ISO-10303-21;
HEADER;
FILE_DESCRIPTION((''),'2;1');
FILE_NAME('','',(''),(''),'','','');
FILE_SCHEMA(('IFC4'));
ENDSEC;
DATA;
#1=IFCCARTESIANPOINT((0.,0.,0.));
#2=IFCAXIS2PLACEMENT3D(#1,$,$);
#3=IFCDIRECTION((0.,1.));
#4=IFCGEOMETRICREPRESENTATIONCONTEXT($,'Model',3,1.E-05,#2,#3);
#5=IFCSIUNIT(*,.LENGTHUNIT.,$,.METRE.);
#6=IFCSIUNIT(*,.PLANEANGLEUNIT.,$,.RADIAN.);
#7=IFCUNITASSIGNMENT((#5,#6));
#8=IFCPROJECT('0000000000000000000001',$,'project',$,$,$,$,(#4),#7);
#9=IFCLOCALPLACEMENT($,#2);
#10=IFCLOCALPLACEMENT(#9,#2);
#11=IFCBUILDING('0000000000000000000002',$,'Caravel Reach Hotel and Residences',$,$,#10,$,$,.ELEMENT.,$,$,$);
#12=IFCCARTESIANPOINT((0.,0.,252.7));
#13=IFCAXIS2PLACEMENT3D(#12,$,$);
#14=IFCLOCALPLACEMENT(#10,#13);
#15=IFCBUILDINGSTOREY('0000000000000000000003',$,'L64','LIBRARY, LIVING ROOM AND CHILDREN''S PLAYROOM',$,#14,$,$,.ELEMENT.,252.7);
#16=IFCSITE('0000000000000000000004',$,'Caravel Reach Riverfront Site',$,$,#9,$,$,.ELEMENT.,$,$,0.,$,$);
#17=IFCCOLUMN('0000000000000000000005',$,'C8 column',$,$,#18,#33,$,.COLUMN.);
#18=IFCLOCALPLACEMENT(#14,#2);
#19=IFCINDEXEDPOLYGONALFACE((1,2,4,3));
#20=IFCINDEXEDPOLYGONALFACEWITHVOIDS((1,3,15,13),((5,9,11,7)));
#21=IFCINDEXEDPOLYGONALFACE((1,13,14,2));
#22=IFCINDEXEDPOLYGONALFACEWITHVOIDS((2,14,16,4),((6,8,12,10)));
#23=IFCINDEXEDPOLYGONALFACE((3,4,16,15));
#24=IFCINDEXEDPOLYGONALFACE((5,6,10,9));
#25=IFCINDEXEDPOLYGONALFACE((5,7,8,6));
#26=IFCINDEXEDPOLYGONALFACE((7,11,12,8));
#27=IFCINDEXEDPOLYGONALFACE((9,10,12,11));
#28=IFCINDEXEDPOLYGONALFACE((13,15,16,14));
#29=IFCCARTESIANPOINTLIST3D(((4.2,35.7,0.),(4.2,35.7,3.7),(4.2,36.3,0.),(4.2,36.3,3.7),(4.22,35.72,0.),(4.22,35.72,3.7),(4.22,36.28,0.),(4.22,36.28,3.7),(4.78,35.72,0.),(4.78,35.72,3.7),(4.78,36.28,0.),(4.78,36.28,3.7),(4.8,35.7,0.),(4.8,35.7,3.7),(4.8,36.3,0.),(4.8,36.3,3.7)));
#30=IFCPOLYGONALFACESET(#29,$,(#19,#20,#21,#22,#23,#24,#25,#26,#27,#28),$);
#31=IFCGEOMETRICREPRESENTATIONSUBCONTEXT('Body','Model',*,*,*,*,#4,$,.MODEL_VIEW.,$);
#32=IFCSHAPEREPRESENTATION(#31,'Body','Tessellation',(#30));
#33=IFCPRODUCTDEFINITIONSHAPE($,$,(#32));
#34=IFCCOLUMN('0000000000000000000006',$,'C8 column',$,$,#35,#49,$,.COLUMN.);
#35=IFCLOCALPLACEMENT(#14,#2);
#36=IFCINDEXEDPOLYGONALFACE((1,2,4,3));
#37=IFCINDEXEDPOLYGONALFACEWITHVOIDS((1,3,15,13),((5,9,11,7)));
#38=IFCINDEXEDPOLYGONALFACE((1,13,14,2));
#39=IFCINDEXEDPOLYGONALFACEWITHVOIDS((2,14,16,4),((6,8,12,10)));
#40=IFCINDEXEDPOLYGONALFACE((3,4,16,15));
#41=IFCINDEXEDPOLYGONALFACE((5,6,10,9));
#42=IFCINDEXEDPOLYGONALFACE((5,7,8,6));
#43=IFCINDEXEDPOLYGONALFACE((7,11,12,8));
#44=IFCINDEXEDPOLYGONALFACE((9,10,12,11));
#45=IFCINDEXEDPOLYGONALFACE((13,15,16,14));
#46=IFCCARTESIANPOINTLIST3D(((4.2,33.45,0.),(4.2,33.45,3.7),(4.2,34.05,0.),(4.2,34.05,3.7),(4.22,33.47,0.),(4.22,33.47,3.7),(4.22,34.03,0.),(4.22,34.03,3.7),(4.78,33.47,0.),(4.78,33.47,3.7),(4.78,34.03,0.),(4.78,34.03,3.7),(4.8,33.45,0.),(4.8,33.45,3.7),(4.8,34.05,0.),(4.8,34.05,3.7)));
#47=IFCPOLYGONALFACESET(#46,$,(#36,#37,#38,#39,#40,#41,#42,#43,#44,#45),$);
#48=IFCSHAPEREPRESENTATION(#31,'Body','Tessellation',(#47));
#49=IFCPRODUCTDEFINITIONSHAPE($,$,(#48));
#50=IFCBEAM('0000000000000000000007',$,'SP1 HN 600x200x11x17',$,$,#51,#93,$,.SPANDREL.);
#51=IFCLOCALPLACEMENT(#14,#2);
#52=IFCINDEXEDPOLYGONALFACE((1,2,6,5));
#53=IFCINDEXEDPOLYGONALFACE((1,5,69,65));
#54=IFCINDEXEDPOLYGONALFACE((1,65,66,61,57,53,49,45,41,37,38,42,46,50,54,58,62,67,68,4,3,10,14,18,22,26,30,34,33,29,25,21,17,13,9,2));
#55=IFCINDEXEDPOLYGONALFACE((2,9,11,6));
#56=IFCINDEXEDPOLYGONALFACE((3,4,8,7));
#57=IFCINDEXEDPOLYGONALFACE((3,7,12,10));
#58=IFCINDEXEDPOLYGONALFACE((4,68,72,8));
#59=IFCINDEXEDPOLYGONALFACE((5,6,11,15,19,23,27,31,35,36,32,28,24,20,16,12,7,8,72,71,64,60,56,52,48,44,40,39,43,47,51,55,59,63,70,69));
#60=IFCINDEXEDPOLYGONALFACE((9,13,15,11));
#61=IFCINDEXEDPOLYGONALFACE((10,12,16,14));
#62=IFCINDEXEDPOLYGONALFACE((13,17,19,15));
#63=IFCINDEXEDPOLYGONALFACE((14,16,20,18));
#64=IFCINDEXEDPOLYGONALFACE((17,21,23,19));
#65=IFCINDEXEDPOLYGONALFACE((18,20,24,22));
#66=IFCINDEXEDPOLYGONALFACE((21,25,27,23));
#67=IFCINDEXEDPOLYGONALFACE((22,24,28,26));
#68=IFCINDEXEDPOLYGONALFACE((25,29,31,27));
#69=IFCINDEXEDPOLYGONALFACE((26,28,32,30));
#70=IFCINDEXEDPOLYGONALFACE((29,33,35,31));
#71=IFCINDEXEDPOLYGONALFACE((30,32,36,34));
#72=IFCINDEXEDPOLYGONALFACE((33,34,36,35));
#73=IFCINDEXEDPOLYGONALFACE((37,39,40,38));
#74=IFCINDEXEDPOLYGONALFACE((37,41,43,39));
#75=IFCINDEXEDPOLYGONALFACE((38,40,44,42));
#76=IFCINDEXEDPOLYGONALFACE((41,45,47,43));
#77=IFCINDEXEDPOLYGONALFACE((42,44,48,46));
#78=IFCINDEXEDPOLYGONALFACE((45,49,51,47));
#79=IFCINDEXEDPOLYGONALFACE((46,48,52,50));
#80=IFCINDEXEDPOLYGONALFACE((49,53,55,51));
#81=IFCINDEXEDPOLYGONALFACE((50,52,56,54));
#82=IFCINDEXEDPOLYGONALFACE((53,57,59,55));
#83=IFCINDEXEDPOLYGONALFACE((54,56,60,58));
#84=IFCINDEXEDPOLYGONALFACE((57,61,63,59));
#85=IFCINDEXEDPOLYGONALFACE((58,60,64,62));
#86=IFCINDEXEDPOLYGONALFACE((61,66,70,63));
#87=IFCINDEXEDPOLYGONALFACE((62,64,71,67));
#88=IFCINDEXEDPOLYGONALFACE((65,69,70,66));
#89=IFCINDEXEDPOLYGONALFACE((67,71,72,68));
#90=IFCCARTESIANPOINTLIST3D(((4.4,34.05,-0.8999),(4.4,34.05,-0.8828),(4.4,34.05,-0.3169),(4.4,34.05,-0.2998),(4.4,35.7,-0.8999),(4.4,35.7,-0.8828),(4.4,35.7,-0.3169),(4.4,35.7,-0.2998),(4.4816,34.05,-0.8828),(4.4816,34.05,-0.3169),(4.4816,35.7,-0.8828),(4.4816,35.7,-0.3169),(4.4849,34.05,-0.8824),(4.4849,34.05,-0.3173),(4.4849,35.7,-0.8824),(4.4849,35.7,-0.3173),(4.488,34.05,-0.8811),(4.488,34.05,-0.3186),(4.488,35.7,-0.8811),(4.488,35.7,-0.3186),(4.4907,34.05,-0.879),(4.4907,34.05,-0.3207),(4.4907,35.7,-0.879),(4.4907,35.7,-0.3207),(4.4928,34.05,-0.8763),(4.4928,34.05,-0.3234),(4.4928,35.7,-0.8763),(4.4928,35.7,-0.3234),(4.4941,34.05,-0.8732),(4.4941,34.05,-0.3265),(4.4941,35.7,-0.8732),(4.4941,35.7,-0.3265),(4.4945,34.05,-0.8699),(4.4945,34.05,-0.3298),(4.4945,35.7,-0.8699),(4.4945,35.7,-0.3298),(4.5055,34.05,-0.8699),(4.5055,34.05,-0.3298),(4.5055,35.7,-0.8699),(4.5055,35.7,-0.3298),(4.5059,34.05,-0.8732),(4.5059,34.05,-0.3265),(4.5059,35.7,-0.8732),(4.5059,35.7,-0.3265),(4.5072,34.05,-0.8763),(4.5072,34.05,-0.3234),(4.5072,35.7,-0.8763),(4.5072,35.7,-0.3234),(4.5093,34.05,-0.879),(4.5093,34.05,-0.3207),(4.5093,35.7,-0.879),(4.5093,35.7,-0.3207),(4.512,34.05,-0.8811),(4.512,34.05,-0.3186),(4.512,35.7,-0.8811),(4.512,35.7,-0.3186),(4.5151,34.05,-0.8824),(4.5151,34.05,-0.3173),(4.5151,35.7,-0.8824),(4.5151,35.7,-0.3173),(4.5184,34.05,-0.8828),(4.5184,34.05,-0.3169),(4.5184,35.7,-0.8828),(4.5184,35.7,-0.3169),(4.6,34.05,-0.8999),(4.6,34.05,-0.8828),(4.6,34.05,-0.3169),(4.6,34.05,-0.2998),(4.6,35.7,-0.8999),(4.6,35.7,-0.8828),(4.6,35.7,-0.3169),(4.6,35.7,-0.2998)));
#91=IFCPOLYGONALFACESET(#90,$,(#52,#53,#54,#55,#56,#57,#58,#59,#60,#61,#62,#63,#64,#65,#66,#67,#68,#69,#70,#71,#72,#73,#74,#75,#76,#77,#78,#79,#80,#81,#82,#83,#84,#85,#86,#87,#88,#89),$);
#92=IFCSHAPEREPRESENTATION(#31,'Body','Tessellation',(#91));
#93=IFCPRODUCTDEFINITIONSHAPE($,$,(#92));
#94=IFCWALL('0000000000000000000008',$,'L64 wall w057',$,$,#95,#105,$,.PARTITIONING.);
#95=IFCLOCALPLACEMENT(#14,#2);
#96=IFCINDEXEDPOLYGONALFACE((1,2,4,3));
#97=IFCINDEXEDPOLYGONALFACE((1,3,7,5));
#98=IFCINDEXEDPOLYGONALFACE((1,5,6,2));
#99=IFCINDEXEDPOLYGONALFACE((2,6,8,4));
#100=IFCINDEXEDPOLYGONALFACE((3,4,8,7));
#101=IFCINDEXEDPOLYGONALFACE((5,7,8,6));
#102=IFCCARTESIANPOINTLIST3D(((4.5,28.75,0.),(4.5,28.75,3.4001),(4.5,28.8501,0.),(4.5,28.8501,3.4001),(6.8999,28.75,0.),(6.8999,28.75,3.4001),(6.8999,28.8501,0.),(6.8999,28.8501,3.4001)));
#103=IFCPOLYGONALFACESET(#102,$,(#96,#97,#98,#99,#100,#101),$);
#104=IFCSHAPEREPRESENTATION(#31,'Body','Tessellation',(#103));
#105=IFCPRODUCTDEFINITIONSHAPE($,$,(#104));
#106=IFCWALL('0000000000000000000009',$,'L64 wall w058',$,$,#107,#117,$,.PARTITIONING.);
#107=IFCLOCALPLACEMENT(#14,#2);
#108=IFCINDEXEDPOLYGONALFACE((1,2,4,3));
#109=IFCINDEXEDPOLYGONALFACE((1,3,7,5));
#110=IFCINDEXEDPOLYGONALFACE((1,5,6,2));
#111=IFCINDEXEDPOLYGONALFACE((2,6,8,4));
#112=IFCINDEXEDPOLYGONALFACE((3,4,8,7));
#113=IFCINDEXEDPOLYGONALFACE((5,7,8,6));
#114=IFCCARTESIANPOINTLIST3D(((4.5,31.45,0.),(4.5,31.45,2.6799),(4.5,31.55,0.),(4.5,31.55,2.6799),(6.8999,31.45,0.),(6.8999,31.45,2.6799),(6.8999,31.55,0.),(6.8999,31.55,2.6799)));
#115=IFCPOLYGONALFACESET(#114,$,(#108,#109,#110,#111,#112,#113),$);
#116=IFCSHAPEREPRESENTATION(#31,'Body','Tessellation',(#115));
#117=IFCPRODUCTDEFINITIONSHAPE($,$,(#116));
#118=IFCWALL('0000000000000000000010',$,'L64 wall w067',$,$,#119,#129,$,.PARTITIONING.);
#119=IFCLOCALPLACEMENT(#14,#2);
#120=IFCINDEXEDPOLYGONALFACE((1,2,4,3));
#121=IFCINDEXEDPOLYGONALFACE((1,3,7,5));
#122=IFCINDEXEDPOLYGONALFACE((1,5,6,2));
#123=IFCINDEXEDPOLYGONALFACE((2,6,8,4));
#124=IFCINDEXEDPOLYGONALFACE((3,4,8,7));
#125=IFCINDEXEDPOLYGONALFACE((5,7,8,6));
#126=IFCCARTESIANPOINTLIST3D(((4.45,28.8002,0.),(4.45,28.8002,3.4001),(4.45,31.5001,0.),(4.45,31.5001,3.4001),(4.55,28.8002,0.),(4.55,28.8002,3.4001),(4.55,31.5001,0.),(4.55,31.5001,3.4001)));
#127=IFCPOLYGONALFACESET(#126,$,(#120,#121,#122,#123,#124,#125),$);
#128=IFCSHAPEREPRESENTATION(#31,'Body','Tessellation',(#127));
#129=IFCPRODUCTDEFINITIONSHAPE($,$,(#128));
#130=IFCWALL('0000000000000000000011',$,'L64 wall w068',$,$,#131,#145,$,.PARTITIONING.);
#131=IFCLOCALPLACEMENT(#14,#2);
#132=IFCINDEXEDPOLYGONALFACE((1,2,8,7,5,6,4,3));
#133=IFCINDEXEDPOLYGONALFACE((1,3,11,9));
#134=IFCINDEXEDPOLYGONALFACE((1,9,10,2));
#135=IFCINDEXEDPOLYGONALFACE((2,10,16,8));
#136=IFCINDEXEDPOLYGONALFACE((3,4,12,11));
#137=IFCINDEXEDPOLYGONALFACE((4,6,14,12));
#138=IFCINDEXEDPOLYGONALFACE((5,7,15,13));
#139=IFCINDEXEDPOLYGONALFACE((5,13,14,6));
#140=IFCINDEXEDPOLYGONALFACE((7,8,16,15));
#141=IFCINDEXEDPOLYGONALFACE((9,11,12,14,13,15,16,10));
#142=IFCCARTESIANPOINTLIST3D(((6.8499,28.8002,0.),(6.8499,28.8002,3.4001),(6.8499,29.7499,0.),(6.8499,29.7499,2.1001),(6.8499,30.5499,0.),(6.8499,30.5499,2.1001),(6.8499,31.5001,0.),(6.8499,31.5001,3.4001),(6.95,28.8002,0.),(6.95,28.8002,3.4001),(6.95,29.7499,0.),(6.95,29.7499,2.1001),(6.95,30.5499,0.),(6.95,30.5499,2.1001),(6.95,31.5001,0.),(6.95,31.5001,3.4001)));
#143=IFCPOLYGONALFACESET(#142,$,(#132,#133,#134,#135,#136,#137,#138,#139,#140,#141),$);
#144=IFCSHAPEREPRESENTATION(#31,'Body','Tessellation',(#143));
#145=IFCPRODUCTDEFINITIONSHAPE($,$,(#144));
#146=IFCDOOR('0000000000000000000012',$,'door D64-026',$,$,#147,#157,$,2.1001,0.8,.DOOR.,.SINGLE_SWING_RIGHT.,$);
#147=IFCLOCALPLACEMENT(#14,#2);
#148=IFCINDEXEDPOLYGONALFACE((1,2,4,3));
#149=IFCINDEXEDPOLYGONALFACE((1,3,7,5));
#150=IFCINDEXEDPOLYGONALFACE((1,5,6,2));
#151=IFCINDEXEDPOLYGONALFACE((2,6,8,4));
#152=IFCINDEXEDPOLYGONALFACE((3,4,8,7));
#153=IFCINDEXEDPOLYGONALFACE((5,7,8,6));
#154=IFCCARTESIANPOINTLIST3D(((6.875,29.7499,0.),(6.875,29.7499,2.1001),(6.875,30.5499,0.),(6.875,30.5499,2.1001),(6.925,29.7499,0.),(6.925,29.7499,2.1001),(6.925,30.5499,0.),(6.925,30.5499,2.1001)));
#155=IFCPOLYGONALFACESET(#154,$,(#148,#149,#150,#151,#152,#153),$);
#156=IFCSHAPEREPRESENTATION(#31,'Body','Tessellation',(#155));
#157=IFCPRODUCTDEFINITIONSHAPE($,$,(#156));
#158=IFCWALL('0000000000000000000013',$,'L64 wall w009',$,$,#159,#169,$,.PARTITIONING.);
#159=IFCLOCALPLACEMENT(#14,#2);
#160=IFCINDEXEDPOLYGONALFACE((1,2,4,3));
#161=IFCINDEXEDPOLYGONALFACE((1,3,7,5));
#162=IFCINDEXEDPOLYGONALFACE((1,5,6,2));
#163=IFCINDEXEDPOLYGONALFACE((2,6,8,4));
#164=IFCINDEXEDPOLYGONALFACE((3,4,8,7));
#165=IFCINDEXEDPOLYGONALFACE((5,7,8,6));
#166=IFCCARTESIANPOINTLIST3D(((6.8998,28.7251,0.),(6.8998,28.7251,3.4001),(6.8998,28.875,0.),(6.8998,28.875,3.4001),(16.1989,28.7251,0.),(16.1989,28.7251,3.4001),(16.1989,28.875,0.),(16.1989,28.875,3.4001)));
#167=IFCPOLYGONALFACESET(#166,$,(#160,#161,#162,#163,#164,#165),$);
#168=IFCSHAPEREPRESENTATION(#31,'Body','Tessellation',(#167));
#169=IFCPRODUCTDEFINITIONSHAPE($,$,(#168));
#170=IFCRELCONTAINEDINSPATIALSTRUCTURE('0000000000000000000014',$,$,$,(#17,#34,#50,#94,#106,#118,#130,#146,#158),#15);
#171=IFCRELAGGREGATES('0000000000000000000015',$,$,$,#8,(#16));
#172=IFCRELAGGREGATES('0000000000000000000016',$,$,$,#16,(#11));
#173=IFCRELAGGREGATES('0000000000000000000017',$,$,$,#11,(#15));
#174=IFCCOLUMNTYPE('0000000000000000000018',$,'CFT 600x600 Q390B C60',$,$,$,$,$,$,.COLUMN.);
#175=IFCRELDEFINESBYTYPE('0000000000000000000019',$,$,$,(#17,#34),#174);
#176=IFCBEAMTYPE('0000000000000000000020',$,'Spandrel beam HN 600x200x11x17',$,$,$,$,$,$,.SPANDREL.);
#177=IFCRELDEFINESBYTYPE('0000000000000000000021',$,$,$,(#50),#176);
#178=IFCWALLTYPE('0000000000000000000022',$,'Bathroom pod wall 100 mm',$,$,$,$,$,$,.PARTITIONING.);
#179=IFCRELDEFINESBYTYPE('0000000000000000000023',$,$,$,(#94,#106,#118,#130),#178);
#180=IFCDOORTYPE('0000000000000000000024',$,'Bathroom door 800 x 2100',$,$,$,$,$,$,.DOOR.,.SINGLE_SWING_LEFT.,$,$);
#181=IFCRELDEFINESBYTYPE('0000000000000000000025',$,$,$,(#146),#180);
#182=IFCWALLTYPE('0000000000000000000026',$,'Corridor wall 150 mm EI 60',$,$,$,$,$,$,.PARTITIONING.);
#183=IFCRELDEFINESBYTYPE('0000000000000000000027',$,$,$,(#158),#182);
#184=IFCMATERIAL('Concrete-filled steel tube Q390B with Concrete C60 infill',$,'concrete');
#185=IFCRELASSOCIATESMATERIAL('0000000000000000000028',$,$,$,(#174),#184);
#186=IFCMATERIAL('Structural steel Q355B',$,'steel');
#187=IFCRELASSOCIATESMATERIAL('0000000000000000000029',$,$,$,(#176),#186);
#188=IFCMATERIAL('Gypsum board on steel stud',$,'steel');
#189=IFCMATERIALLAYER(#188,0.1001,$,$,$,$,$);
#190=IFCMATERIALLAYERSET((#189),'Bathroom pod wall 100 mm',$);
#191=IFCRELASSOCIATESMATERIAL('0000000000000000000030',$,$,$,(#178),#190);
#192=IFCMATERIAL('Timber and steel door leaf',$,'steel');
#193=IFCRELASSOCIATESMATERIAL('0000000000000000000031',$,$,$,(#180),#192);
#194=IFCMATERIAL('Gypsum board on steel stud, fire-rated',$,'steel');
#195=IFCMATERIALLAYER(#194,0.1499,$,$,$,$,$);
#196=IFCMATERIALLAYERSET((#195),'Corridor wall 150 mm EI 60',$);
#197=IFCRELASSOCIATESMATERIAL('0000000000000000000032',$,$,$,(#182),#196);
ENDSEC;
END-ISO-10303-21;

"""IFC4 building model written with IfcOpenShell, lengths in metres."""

from ifc_helpers import new_model, si_unit, direction, frame, frame_2d, origin, origin_2d, place, context, subcontext, project, spatial, rectangle, hollow_rectangle, i_section, extrude, material, layer, layer_set, material_profile, profile_set, type_object, element, fill, save


model = new_model("IFC4")

# Units and contexts
model_context = context("Model", 3, precision=1e-05, world=origin(), true_north=direction((0.0, 1.0)))
body_context = subcontext(model_context, "Body", "Model", "MODEL_VIEW")
ifc_project = project(units=[si_unit("LENGTHUNIT", "METRE"), si_unit("PLANEANGLEUNIT", "RADIAN")], contexts=[model_context])

# Site, building, storey
site_placement = place(None, origin())
site = spatial("IfcSite", under=ifc_project, at=site_placement, Name="Caravel Reach Riverfront Site", CompositionType="ELEMENT", RefElevation=0.0)
building_placement = place(site_placement, origin())
building = spatial("IfcBuilding", under=site, at=building_placement, Name="Caravel Reach Hotel and Residences", CompositionType="ELEMENT")
storey_placement = place(building_placement, frame((0.0, 0.0, 252.7)))
storey = spatial("IfcBuildingStorey", under=building, at=storey_placement, Name="L64", Description="LIBRARY, LIVING ROOM AND CHILDREN'S PLAYROOM", CompositionType="ELEMENT", Elevation=252.7)

# Columns
ifc_material_1 = material(Name="Concrete-filled steel tube Q390B with Concrete C60 infill", Category="concrete")
ifc_material_profile_1 = material_profile(ifc_material_1, hollow_rectangle(XDim=0.6001, YDim=0.6001, WallThickness=0.02, at=origin_2d()), Name="RHS 600x600x20")
ifc_profile_set_1 = profile_set([ifc_material_profile_1], Name="Concrete-filled steel tube Q390B with Concrete C60 infill")
column_type = type_object("IfcColumnType", Name="CFT 600x600 Q390B C60", PredefinedType="COLUMN", material=ifc_profile_set_1)
for number, where, z_axis, x_axis, name in (
    (1, (4.5, 36.0, 0.0), (0.0, 0.0, 1.0), (1.0, 0.0, 0.0), "C8 column"),
    (2, (4.5, 33.75, 0.0), (0.0, 0.0, 1.0), (1.0, 0.0, 0.0), "C8 column"),
):
    element("IfcColumn", number, at=place(storey_placement, frame(where, z_axis=z_axis, x_axis=x_axis)), inside=storey, type_object=column_type, Name=name, PredefinedType="COLUMN", context=body_context, shape_type="SweptSolid", body=[
        extrude(hollow_rectangle(XDim=0.6001, YDim=0.6001, WallThickness=0.02, at=origin_2d()), origin(), (0.0, 0.0, 1.0), 3.7),
    ])

# Beam
ifc_material_2 = material(Name="Structural steel Q355B", Category="steel")
ifc_material_profile_2 = material_profile(ifc_material_2, i_section(OverallWidth=0.2, OverallDepth=0.6001, WebThickness=0.011, FlangeThickness=0.0171, FilletRadius=0.0129, at=origin_2d()), Name="HN 600x200x11x17")
ifc_profile_set_2 = profile_set([ifc_material_profile_2], Name="Structural steel Q355B")
beam_type = type_object("IfcBeamType", Name="Spandrel beam HN 600x200x11x17", PredefinedType="SPANDREL", material=ifc_profile_set_2)
beam_placement = place(storey_placement, frame((4.5, 35.7, -0.5999), z_axis=(0.0, -1.0, 0.0), x_axis=(1.0, 0.0, 0.0)))
element("IfcBeam", 3, at=beam_placement, inside=storey, type_object=beam_type, Name="SP1 HN 600x200x11x17", PredefinedType="SPANDREL", context=body_context, shape_type="SweptSolid", body=[
    extrude(i_section(OverallWidth=0.2, OverallDepth=0.6001, WebThickness=0.011, FlangeThickness=0.0171, FilletRadius=0.0129, at=origin_2d()), origin(), (0.0, 0.0, 1.0), 1.6499),
])

# Walls
ifc_material_3 = material(Name="Gypsum board on steel stud", Category="steel")
ifc_layer_1 = layer(ifc_material_3, 0.1001)
ifc_layer_set_1 = layer_set([ifc_layer_1], Name="Bathroom pod wall 100 mm")
wall_type_1 = type_object("IfcWallType", Name="Bathroom pod wall 100 mm", PredefinedType="PARTITIONING", material=ifc_layer_set_1)
wall_1_placement = place(storey_placement, frame((4.5, 28.8, 0.0), z_axis=(0.0, 0.0, 1.0), x_axis=(1.0, 0.0, 0.0)))
element("IfcWall", 4, at=wall_1_placement, inside=storey, type_object=wall_type_1, Name="L64 wall w057", PredefinedType="PARTITIONING", context=body_context, shape_type="SweptSolid", body=[
    extrude(rectangle(XDim=2.3999, YDim=0.1001, at=frame_2d((1.2, 0.0))), origin(), (0.0, 0.0, 1.0), 3.4001),
])
wall_2_placement = place(storey_placement, frame((4.5, 31.5, 0.0), z_axis=(0.0, 0.0, 1.0), x_axis=(1.0, 0.0, 0.0)))
element("IfcWall", 5, at=wall_2_placement, inside=storey, type_object=wall_type_1, Name="L64 wall w058", PredefinedType="PARTITIONING", context=body_context, shape_type="SweptSolid", body=[
    extrude(rectangle(XDim=2.3999, YDim=0.1001, at=frame_2d((1.2, 0.0))), origin(), (0.0, 0.0, 1.0), 2.6799),
])
wall_3_placement = place(storey_placement, frame((4.5, 28.8, 0.0), z_axis=(0.0, 0.0, 1.0), x_axis=(0.0, 1.0, 0.0)))
element("IfcWall", 6, at=wall_3_placement, inside=storey, type_object=wall_type_1, Name="L64 wall w067", PredefinedType="PARTITIONING", context=body_context, shape_type="SweptSolid", body=[
    extrude(rectangle(XDim=2.7, YDim=0.1001, at=frame_2d((1.3501, 0.0))), origin(), (0.0, 0.0, 1.0), 3.4001),
])

# Wall, opening, door
wall_4_placement = place(storey_placement, frame((6.8999, 28.8, 0.0), z_axis=(0.0, 0.0, 1.0), x_axis=(0.0, 1.0, 0.0)))
wall_4 = element("IfcWall", 7, at=wall_4_placement, inside=storey, type_object=wall_type_1, Name="L64 wall w068", PredefinedType="PARTITIONING", context=body_context, shape_type="SweptSolid", body=[
    extrude(rectangle(XDim=2.7, YDim=0.1001, at=frame_2d((1.3501, 0.0))), origin(), (0.0, 0.0, 1.0), 3.4001),
])
opening_1_placement = place(wall_4_placement, frame((0.95, 0.0, 0.0)))
opening_1 = element("IfcOpeningElement", 8, at=opening_1_placement, cuts=wall_4, PredefinedType="OPENING", context=body_context, shape_type="SweptSolid", body=[
    extrude(rectangle(XDim=0.8, YDim=2.1001, at=frame_2d((0.3999, 1.05))), frame((0.0, 0.0601, 0.0), z_axis=(0.0, -1.0, 0.0), x_axis=(1.0, 0.0, 0.0)), (0.0, 0.0, 1.0), 0.1201),
])
ifc_material_4 = material(Name="Timber and steel door leaf", Category="steel")
door_type_1 = type_object("IfcDoorType", Name="Bathroom door 800 x 2100", OperationType="SINGLE_SWING_LEFT", PredefinedType="DOOR", material=ifc_material_4)
door_1_placement = place(opening_1_placement, origin())
door_1 = element("IfcDoor", 9, at=door_1_placement, inside=storey, type_object=door_type_1, Name="door D64-026", OperationType="SINGLE_SWING_RIGHT", OverallHeight=2.1001, OverallWidth=0.8, PredefinedType="DOOR", context=body_context, shape_type="SweptSolid", body=[
    extrude(rectangle(XDim=0.8, YDim=2.1001, at=frame_2d((0.3999, 1.05))), frame((0.0, 0.0249, 0.0), z_axis=(0.0, -1.0, 0.0), x_axis=(1.0, 0.0, 0.0)), (0.0, 0.0, 1.0), 0.05),
])
fill(opening_1, door_1)

# Wall
ifc_material_5 = material(Name="Gypsum board on steel stud, fire-rated", Category="steel")
ifc_layer_2 = layer(ifc_material_5, 0.1499)
ifc_layer_set_2 = layer_set([ifc_layer_2], Name="Corridor wall 150 mm EI 60")
wall_type_2 = type_object("IfcWallType", Name="Corridor wall 150 mm EI 60", PredefinedType="PARTITIONING", material=ifc_layer_set_2)
wall_5_placement = place(storey_placement, frame((6.8999, 28.8, 0.0), z_axis=(0.0, 0.0, 1.0), x_axis=(1.0, 0.0, 0.0)))
element("IfcWall", 10, at=wall_5_placement, inside=storey, type_object=wall_type_2, Name="L64 wall w009", PredefinedType="PARTITIONING", context=body_context, shape_type="SweptSolid", body=[
    extrude(rectangle(XDim=9.2991, YDim=0.1499, at=frame_2d((4.6494, 0.0))), origin(), (0.0, 0.0, 1.0), 3.4001),
])

save(model, "model.ifc")
